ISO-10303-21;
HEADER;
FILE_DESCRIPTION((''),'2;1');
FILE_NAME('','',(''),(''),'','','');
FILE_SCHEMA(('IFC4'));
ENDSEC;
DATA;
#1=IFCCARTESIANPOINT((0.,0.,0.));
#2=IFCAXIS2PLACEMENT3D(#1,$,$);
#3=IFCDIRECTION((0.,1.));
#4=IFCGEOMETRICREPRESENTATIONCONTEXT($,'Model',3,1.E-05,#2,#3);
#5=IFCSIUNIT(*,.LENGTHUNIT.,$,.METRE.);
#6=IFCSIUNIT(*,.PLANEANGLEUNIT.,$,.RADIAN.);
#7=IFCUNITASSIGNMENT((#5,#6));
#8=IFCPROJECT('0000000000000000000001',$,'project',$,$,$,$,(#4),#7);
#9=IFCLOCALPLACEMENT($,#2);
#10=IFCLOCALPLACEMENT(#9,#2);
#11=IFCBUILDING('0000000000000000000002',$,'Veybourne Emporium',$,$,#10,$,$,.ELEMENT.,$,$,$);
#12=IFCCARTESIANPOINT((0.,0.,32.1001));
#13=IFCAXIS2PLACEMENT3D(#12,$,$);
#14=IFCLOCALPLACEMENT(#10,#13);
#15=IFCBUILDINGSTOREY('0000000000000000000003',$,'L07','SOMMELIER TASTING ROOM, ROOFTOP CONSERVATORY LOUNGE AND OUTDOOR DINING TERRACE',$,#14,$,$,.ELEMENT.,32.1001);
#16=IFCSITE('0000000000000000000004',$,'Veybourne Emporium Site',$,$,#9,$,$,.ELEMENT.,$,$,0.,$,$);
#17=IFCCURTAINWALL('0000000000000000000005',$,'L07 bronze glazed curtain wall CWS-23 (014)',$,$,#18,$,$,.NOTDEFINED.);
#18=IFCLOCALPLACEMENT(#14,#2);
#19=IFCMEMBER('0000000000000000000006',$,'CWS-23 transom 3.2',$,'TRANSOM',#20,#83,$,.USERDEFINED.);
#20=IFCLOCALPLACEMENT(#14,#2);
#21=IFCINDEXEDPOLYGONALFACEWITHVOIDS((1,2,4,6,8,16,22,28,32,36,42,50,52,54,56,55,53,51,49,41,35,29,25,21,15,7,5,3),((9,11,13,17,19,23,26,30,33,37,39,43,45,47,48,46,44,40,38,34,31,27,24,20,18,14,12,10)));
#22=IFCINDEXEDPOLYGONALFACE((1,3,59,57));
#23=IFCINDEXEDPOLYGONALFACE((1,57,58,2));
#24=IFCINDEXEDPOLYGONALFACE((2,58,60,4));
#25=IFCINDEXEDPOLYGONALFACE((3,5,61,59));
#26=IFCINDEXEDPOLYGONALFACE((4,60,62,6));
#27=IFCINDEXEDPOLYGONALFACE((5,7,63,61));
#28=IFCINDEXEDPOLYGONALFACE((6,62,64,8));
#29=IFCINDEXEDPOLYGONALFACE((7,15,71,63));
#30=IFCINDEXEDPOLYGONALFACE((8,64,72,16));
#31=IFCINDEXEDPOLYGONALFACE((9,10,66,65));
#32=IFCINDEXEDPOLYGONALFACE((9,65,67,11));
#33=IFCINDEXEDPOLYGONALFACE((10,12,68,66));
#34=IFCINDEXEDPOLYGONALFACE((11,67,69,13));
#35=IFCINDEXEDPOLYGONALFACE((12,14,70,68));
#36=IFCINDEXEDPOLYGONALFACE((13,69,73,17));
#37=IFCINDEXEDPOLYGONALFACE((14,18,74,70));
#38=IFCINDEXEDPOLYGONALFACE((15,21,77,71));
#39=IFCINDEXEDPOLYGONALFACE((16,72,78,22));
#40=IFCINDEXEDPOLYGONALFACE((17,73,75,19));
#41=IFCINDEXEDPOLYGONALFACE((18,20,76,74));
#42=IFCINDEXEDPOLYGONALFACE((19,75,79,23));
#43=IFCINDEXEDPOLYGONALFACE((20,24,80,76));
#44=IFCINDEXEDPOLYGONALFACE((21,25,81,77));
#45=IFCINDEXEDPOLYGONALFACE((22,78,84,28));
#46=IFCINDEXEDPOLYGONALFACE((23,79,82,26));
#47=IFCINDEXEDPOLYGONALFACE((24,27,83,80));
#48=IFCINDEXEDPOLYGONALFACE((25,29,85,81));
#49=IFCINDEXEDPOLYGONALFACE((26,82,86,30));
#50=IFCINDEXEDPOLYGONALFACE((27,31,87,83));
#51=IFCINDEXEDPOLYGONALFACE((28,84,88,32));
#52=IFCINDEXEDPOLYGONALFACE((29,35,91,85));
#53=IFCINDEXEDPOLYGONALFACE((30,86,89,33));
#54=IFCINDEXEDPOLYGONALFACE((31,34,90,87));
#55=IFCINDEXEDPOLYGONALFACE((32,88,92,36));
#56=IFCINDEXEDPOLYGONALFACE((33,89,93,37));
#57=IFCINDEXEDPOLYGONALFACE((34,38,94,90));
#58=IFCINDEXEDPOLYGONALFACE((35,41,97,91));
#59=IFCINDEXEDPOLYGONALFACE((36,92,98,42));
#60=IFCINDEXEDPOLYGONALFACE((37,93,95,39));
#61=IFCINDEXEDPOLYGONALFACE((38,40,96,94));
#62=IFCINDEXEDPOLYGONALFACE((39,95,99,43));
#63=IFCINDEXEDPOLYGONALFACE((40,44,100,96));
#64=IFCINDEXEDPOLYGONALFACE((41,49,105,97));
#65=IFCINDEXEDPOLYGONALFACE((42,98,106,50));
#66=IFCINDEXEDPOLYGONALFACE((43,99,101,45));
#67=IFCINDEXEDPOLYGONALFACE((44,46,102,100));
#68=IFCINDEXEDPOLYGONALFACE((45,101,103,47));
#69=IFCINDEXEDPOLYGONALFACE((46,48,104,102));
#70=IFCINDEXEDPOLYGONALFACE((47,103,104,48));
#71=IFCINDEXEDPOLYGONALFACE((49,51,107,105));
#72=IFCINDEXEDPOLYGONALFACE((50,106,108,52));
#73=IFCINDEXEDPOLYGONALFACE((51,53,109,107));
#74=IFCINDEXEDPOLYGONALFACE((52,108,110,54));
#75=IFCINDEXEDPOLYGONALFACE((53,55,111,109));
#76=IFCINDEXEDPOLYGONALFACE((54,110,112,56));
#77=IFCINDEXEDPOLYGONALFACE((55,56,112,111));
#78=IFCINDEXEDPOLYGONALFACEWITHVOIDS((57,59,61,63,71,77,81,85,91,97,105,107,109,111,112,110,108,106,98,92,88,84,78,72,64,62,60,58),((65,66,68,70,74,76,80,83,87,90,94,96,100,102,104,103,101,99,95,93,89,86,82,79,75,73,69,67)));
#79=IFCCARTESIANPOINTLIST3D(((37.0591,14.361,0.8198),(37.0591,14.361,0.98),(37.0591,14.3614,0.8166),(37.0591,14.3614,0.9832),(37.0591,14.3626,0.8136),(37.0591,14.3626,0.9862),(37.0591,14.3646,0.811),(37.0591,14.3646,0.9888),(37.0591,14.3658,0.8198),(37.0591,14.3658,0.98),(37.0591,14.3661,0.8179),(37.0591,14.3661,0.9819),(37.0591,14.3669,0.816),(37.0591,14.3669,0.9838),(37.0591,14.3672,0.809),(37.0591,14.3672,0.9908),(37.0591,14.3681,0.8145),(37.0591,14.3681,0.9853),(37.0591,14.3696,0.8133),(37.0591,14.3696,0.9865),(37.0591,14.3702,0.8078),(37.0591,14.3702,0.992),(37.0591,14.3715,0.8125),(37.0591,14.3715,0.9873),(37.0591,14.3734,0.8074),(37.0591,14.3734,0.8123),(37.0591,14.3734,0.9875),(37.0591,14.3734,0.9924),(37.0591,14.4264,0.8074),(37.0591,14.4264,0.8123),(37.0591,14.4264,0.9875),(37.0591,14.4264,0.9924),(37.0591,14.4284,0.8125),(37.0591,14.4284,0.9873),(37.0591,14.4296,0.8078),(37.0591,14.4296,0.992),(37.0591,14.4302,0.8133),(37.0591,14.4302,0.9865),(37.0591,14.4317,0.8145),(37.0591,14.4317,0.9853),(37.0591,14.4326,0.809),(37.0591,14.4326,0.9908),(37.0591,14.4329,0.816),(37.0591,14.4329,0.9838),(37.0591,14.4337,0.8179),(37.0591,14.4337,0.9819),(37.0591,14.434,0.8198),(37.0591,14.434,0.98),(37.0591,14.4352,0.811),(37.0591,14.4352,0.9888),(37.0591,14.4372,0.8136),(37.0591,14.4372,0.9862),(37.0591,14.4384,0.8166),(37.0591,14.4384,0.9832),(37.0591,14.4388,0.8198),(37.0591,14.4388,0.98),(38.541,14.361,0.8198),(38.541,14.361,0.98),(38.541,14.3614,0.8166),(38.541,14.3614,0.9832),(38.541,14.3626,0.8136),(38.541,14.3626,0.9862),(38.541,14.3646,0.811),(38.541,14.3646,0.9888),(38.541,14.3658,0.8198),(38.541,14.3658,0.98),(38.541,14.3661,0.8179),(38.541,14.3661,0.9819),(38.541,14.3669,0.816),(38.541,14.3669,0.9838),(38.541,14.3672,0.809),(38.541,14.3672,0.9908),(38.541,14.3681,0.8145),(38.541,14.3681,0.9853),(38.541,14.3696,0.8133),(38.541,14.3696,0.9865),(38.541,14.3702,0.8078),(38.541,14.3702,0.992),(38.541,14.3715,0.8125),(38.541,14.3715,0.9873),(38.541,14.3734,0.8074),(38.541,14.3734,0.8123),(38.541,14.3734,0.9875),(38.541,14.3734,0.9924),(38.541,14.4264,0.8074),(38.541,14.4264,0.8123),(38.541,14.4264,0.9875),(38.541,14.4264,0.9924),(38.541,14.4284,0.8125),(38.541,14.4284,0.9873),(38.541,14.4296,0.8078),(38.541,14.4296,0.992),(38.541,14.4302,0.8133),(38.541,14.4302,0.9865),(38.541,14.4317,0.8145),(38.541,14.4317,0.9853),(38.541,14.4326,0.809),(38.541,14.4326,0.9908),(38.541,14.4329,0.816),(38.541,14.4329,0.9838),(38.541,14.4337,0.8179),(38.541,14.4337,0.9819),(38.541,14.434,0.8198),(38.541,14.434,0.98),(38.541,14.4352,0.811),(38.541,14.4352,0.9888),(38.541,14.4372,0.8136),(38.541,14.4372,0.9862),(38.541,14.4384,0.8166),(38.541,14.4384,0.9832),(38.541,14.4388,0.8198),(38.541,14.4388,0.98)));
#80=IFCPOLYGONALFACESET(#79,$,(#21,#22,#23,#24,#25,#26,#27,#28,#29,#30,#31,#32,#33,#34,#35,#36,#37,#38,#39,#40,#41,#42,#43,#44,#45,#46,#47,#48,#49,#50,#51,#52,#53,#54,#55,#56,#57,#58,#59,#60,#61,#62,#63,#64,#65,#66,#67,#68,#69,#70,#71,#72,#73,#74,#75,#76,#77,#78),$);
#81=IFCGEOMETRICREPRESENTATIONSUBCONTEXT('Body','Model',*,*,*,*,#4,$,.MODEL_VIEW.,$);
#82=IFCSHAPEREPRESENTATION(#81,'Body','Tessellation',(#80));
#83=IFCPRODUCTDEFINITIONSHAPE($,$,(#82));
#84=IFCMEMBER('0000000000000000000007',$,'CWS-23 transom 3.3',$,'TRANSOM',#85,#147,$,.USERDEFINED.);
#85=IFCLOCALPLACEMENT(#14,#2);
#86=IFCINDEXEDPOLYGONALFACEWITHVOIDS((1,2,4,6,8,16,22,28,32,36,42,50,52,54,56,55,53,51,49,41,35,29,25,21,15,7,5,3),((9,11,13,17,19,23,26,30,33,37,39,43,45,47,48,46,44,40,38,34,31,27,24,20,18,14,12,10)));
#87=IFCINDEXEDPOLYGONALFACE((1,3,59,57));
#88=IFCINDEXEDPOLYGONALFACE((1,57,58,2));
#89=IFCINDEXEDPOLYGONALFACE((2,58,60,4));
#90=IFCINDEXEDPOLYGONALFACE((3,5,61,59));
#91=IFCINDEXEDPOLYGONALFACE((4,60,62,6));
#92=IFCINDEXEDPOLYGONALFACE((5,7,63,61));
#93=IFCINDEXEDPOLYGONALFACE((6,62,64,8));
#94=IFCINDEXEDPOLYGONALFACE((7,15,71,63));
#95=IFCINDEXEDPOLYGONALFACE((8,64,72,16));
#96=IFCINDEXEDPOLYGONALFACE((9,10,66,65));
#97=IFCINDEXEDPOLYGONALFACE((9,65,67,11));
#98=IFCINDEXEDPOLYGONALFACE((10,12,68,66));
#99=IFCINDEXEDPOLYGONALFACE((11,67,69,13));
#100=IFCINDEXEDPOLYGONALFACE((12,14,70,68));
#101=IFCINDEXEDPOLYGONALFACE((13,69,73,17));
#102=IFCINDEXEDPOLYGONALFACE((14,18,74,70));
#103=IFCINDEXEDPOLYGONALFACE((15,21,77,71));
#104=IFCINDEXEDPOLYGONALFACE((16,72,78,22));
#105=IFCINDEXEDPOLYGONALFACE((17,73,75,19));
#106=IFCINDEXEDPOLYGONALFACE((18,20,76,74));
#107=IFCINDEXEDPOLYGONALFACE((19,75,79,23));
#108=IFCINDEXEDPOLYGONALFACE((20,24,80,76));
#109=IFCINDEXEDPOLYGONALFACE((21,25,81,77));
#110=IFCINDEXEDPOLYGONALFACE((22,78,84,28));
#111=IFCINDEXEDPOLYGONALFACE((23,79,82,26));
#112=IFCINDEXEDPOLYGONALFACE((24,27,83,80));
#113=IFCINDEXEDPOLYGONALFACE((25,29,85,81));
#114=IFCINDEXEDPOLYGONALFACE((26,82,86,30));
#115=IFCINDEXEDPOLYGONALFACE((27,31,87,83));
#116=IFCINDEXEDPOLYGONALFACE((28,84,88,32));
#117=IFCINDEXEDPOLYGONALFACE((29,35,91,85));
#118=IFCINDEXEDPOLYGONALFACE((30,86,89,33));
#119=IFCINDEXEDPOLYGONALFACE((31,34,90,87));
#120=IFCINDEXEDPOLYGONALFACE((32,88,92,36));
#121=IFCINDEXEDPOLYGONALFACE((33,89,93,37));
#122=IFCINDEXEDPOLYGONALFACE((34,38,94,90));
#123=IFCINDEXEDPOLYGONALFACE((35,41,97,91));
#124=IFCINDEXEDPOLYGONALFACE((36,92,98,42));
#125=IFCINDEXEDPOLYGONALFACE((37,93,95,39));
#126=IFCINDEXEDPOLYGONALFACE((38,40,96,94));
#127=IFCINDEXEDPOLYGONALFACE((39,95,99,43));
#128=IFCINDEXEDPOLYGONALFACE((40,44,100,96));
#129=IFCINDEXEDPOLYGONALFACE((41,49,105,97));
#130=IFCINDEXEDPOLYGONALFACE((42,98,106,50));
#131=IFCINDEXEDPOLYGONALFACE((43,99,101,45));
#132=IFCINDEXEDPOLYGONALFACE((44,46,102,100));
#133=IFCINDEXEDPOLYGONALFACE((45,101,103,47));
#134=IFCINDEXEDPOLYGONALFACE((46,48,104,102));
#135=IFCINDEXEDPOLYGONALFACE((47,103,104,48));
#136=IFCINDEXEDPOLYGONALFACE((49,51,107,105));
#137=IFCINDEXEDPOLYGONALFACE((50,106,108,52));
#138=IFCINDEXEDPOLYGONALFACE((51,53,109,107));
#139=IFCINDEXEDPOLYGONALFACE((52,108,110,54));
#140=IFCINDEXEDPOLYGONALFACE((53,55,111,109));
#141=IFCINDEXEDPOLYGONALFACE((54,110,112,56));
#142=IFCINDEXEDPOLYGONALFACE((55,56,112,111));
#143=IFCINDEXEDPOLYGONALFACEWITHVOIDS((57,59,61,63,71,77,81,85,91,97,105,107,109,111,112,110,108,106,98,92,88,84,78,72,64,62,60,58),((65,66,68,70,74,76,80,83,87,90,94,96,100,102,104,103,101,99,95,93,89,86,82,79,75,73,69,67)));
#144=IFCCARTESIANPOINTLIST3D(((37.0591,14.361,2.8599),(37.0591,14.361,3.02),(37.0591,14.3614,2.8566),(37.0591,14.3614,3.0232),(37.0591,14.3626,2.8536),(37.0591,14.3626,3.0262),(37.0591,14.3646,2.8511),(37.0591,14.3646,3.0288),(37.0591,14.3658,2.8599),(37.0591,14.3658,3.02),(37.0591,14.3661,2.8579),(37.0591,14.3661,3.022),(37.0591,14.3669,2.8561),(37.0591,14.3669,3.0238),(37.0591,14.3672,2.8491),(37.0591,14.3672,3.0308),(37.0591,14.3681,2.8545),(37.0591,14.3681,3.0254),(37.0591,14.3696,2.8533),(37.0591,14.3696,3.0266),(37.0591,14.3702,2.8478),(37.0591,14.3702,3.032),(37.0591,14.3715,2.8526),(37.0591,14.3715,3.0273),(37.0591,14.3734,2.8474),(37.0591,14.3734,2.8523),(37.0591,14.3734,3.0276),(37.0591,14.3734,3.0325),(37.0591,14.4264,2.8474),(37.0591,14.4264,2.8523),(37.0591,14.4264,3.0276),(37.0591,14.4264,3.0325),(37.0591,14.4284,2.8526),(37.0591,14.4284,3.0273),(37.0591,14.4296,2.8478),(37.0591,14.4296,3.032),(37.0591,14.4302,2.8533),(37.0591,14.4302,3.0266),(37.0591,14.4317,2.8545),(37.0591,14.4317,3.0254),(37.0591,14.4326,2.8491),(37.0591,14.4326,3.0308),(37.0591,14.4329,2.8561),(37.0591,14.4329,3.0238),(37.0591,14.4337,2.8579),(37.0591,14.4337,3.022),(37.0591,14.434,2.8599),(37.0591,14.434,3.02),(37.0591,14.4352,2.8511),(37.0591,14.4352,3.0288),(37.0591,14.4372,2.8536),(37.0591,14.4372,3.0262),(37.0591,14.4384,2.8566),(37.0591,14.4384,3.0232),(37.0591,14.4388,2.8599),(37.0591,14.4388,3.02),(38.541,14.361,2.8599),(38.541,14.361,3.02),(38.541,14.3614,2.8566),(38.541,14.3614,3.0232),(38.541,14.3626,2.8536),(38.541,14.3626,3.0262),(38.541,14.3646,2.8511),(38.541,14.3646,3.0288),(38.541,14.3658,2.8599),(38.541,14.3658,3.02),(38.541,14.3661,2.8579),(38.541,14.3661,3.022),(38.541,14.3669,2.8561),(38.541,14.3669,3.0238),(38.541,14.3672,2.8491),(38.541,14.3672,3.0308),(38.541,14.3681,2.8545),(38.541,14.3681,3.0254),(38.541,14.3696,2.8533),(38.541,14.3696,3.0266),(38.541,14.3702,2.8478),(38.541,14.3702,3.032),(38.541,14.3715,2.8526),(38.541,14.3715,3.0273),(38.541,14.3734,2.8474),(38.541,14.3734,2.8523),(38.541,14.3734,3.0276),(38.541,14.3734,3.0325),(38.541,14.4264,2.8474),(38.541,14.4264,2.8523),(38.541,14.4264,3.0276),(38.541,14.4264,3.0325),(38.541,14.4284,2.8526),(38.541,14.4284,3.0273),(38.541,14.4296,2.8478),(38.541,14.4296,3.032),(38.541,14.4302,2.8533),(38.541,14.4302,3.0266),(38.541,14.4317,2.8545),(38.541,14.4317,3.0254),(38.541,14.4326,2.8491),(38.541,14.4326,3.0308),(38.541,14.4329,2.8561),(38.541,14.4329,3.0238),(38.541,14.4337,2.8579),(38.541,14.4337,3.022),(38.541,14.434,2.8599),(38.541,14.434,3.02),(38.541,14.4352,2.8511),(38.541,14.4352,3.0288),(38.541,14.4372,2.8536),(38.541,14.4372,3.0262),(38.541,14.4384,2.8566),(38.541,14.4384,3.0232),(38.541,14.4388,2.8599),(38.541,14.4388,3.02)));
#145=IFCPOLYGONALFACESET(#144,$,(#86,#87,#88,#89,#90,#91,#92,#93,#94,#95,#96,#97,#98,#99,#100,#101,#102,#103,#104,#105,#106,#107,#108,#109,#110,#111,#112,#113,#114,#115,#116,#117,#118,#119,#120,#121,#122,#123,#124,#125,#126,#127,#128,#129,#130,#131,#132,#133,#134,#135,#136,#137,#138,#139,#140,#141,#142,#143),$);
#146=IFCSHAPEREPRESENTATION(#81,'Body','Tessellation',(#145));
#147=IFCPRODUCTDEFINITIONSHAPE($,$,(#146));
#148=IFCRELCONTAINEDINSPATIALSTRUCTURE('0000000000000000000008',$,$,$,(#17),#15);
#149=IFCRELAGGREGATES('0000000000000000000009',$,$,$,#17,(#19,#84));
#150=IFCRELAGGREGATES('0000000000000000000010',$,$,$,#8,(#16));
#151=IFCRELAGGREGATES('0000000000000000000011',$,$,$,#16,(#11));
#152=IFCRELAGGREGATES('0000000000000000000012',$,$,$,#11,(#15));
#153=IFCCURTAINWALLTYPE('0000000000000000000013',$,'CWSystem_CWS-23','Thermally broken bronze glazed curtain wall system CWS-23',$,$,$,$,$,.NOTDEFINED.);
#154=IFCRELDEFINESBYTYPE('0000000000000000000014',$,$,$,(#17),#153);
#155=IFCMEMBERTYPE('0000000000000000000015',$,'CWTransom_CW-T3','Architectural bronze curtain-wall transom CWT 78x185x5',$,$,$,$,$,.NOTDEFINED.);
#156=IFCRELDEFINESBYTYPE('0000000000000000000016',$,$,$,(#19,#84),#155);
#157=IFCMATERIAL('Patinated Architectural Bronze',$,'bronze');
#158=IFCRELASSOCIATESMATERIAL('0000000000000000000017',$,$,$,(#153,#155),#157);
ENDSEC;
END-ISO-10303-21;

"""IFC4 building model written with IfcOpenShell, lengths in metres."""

from ifc_helpers import new_model, si_unit, direction, frame, origin, origin_2d, place, context, subcontext, project, spatial, hollow_rectangle, extrude, material, material_profile, profile_set, type_object, element, aggregate, save


model = new_model("IFC4")

# Units and contexts
model_context = context("Model", 3, precision=1e-05, world=origin(), true_north=direction((0.0, 1.0)))
body_context = subcontext(model_context, "Body", "Model", "MODEL_VIEW")
ifc_project = project(units=[si_unit("LENGTHUNIT", "METRE"), si_unit("PLANEANGLEUNIT", "RADIAN")], contexts=[model_context])

# Site, building, storey
site_placement = place(None, origin())
site = spatial("IfcSite", under=ifc_project, at=site_placement, Name="Veybourne Emporium Site", CompositionType="ELEMENT", RefElevation=0.0)
building_placement = place(site_placement, origin())
building = spatial("IfcBuilding", under=site, at=building_placement, Name="Veybourne Emporium", CompositionType="ELEMENT")
storey_placement = place(building_placement, frame((0.0, 0.0, 32.1001)))
storey = spatial("IfcBuildingStorey", under=building, at=storey_placement, Name="L07", Description="SOMMELIER TASTING ROOM, ROOFTOP CONSERVATORY LOUNGE AND OUTDOOR DINING TERRACE", CompositionType="ELEMENT", Elevation=32.1001)

# Curtain wall
ifc_material_1 = material(Name="Patinated Architectural Bronze", Category="bronze")
curtain_wall_type_1 = type_object("IfcCurtainWallType", Name="CWSystem_CWS-23", Description="Thermally broken bronze glazed curtain wall system CWS-23", PredefinedType="NOTDEFINED", material=ifc_material_1)
curtain_wall_1_placement = place(storey_placement, origin())
curtain_wall_1 = element("IfcCurtainWall", 1, at=curtain_wall_1_placement, inside=storey, type_object=curtain_wall_type_1, Name="L07 bronze glazed curtain wall CWS-23 (014)", PredefinedType="NOTDEFINED")

# Members
ifc_material_profile_1 = material_profile(ifc_material_1, hollow_rectangle(XDim=0.0779, YDim=0.1851, WallThickness=0.0049, InnerFilletRadius=0.0076, OuterFilletRadius=0.0125, at=origin_2d()), Name="CWT 78x185x5")
ifc_profile_set_1 = profile_set([ifc_material_profile_1], Name="Patinated Architectural Bronze")
member_type_1 = type_object("IfcMemberType", Name="CWTransom_CW-T3", Description="Architectural bronze curtain-wall transom CWT 78x185x5", PredefinedType="NOTDEFINED", material=ifc_profile_set_1)
member_1_placement = place(storey_placement, frame((38.541, 14.3999, 0.8999), z_axis=(-1.0, 0.0, 0.0), x_axis=(0.0, -1.0, 0.0)))
member_1 = element("IfcMember", 2, at=member_1_placement, type_object=member_type_1, Name="CWS-23 transom 3.2", ObjectType="TRANSOM", PredefinedType="USERDEFINED", context=body_context, shape_type="SweptSolid", body=[
    extrude(hollow_rectangle(XDim=0.0779, YDim=0.1851, WallThickness=0.0049, InnerFilletRadius=0.0076, OuterFilletRadius=0.0125, at=origin_2d()), origin(), (0.0, 0.0, 1.0), 1.4819),
])
member_2_placement = place(storey_placement, frame((38.541, 14.3999, 2.9399), z_axis=(-1.0, 0.0, 0.0), x_axis=(0.0, -1.0, 0.0)))
member_2 = element("IfcMember", 3, at=member_2_placement, type_object=member_type_1, Name="CWS-23 transom 3.3", ObjectType="TRANSOM", PredefinedType="USERDEFINED", context=body_context, shape_type="SweptSolid", body=[
    extrude(hollow_rectangle(XDim=0.0779, YDim=0.1851, WallThickness=0.0049, InnerFilletRadius=0.0076, OuterFilletRadius=0.0125, at=origin_2d()), origin(), (0.0, 0.0, 1.0), 1.4819),
])

aggregate(curtain_wall_1, [member_1, member_2])

save(model, "model.ifc")
